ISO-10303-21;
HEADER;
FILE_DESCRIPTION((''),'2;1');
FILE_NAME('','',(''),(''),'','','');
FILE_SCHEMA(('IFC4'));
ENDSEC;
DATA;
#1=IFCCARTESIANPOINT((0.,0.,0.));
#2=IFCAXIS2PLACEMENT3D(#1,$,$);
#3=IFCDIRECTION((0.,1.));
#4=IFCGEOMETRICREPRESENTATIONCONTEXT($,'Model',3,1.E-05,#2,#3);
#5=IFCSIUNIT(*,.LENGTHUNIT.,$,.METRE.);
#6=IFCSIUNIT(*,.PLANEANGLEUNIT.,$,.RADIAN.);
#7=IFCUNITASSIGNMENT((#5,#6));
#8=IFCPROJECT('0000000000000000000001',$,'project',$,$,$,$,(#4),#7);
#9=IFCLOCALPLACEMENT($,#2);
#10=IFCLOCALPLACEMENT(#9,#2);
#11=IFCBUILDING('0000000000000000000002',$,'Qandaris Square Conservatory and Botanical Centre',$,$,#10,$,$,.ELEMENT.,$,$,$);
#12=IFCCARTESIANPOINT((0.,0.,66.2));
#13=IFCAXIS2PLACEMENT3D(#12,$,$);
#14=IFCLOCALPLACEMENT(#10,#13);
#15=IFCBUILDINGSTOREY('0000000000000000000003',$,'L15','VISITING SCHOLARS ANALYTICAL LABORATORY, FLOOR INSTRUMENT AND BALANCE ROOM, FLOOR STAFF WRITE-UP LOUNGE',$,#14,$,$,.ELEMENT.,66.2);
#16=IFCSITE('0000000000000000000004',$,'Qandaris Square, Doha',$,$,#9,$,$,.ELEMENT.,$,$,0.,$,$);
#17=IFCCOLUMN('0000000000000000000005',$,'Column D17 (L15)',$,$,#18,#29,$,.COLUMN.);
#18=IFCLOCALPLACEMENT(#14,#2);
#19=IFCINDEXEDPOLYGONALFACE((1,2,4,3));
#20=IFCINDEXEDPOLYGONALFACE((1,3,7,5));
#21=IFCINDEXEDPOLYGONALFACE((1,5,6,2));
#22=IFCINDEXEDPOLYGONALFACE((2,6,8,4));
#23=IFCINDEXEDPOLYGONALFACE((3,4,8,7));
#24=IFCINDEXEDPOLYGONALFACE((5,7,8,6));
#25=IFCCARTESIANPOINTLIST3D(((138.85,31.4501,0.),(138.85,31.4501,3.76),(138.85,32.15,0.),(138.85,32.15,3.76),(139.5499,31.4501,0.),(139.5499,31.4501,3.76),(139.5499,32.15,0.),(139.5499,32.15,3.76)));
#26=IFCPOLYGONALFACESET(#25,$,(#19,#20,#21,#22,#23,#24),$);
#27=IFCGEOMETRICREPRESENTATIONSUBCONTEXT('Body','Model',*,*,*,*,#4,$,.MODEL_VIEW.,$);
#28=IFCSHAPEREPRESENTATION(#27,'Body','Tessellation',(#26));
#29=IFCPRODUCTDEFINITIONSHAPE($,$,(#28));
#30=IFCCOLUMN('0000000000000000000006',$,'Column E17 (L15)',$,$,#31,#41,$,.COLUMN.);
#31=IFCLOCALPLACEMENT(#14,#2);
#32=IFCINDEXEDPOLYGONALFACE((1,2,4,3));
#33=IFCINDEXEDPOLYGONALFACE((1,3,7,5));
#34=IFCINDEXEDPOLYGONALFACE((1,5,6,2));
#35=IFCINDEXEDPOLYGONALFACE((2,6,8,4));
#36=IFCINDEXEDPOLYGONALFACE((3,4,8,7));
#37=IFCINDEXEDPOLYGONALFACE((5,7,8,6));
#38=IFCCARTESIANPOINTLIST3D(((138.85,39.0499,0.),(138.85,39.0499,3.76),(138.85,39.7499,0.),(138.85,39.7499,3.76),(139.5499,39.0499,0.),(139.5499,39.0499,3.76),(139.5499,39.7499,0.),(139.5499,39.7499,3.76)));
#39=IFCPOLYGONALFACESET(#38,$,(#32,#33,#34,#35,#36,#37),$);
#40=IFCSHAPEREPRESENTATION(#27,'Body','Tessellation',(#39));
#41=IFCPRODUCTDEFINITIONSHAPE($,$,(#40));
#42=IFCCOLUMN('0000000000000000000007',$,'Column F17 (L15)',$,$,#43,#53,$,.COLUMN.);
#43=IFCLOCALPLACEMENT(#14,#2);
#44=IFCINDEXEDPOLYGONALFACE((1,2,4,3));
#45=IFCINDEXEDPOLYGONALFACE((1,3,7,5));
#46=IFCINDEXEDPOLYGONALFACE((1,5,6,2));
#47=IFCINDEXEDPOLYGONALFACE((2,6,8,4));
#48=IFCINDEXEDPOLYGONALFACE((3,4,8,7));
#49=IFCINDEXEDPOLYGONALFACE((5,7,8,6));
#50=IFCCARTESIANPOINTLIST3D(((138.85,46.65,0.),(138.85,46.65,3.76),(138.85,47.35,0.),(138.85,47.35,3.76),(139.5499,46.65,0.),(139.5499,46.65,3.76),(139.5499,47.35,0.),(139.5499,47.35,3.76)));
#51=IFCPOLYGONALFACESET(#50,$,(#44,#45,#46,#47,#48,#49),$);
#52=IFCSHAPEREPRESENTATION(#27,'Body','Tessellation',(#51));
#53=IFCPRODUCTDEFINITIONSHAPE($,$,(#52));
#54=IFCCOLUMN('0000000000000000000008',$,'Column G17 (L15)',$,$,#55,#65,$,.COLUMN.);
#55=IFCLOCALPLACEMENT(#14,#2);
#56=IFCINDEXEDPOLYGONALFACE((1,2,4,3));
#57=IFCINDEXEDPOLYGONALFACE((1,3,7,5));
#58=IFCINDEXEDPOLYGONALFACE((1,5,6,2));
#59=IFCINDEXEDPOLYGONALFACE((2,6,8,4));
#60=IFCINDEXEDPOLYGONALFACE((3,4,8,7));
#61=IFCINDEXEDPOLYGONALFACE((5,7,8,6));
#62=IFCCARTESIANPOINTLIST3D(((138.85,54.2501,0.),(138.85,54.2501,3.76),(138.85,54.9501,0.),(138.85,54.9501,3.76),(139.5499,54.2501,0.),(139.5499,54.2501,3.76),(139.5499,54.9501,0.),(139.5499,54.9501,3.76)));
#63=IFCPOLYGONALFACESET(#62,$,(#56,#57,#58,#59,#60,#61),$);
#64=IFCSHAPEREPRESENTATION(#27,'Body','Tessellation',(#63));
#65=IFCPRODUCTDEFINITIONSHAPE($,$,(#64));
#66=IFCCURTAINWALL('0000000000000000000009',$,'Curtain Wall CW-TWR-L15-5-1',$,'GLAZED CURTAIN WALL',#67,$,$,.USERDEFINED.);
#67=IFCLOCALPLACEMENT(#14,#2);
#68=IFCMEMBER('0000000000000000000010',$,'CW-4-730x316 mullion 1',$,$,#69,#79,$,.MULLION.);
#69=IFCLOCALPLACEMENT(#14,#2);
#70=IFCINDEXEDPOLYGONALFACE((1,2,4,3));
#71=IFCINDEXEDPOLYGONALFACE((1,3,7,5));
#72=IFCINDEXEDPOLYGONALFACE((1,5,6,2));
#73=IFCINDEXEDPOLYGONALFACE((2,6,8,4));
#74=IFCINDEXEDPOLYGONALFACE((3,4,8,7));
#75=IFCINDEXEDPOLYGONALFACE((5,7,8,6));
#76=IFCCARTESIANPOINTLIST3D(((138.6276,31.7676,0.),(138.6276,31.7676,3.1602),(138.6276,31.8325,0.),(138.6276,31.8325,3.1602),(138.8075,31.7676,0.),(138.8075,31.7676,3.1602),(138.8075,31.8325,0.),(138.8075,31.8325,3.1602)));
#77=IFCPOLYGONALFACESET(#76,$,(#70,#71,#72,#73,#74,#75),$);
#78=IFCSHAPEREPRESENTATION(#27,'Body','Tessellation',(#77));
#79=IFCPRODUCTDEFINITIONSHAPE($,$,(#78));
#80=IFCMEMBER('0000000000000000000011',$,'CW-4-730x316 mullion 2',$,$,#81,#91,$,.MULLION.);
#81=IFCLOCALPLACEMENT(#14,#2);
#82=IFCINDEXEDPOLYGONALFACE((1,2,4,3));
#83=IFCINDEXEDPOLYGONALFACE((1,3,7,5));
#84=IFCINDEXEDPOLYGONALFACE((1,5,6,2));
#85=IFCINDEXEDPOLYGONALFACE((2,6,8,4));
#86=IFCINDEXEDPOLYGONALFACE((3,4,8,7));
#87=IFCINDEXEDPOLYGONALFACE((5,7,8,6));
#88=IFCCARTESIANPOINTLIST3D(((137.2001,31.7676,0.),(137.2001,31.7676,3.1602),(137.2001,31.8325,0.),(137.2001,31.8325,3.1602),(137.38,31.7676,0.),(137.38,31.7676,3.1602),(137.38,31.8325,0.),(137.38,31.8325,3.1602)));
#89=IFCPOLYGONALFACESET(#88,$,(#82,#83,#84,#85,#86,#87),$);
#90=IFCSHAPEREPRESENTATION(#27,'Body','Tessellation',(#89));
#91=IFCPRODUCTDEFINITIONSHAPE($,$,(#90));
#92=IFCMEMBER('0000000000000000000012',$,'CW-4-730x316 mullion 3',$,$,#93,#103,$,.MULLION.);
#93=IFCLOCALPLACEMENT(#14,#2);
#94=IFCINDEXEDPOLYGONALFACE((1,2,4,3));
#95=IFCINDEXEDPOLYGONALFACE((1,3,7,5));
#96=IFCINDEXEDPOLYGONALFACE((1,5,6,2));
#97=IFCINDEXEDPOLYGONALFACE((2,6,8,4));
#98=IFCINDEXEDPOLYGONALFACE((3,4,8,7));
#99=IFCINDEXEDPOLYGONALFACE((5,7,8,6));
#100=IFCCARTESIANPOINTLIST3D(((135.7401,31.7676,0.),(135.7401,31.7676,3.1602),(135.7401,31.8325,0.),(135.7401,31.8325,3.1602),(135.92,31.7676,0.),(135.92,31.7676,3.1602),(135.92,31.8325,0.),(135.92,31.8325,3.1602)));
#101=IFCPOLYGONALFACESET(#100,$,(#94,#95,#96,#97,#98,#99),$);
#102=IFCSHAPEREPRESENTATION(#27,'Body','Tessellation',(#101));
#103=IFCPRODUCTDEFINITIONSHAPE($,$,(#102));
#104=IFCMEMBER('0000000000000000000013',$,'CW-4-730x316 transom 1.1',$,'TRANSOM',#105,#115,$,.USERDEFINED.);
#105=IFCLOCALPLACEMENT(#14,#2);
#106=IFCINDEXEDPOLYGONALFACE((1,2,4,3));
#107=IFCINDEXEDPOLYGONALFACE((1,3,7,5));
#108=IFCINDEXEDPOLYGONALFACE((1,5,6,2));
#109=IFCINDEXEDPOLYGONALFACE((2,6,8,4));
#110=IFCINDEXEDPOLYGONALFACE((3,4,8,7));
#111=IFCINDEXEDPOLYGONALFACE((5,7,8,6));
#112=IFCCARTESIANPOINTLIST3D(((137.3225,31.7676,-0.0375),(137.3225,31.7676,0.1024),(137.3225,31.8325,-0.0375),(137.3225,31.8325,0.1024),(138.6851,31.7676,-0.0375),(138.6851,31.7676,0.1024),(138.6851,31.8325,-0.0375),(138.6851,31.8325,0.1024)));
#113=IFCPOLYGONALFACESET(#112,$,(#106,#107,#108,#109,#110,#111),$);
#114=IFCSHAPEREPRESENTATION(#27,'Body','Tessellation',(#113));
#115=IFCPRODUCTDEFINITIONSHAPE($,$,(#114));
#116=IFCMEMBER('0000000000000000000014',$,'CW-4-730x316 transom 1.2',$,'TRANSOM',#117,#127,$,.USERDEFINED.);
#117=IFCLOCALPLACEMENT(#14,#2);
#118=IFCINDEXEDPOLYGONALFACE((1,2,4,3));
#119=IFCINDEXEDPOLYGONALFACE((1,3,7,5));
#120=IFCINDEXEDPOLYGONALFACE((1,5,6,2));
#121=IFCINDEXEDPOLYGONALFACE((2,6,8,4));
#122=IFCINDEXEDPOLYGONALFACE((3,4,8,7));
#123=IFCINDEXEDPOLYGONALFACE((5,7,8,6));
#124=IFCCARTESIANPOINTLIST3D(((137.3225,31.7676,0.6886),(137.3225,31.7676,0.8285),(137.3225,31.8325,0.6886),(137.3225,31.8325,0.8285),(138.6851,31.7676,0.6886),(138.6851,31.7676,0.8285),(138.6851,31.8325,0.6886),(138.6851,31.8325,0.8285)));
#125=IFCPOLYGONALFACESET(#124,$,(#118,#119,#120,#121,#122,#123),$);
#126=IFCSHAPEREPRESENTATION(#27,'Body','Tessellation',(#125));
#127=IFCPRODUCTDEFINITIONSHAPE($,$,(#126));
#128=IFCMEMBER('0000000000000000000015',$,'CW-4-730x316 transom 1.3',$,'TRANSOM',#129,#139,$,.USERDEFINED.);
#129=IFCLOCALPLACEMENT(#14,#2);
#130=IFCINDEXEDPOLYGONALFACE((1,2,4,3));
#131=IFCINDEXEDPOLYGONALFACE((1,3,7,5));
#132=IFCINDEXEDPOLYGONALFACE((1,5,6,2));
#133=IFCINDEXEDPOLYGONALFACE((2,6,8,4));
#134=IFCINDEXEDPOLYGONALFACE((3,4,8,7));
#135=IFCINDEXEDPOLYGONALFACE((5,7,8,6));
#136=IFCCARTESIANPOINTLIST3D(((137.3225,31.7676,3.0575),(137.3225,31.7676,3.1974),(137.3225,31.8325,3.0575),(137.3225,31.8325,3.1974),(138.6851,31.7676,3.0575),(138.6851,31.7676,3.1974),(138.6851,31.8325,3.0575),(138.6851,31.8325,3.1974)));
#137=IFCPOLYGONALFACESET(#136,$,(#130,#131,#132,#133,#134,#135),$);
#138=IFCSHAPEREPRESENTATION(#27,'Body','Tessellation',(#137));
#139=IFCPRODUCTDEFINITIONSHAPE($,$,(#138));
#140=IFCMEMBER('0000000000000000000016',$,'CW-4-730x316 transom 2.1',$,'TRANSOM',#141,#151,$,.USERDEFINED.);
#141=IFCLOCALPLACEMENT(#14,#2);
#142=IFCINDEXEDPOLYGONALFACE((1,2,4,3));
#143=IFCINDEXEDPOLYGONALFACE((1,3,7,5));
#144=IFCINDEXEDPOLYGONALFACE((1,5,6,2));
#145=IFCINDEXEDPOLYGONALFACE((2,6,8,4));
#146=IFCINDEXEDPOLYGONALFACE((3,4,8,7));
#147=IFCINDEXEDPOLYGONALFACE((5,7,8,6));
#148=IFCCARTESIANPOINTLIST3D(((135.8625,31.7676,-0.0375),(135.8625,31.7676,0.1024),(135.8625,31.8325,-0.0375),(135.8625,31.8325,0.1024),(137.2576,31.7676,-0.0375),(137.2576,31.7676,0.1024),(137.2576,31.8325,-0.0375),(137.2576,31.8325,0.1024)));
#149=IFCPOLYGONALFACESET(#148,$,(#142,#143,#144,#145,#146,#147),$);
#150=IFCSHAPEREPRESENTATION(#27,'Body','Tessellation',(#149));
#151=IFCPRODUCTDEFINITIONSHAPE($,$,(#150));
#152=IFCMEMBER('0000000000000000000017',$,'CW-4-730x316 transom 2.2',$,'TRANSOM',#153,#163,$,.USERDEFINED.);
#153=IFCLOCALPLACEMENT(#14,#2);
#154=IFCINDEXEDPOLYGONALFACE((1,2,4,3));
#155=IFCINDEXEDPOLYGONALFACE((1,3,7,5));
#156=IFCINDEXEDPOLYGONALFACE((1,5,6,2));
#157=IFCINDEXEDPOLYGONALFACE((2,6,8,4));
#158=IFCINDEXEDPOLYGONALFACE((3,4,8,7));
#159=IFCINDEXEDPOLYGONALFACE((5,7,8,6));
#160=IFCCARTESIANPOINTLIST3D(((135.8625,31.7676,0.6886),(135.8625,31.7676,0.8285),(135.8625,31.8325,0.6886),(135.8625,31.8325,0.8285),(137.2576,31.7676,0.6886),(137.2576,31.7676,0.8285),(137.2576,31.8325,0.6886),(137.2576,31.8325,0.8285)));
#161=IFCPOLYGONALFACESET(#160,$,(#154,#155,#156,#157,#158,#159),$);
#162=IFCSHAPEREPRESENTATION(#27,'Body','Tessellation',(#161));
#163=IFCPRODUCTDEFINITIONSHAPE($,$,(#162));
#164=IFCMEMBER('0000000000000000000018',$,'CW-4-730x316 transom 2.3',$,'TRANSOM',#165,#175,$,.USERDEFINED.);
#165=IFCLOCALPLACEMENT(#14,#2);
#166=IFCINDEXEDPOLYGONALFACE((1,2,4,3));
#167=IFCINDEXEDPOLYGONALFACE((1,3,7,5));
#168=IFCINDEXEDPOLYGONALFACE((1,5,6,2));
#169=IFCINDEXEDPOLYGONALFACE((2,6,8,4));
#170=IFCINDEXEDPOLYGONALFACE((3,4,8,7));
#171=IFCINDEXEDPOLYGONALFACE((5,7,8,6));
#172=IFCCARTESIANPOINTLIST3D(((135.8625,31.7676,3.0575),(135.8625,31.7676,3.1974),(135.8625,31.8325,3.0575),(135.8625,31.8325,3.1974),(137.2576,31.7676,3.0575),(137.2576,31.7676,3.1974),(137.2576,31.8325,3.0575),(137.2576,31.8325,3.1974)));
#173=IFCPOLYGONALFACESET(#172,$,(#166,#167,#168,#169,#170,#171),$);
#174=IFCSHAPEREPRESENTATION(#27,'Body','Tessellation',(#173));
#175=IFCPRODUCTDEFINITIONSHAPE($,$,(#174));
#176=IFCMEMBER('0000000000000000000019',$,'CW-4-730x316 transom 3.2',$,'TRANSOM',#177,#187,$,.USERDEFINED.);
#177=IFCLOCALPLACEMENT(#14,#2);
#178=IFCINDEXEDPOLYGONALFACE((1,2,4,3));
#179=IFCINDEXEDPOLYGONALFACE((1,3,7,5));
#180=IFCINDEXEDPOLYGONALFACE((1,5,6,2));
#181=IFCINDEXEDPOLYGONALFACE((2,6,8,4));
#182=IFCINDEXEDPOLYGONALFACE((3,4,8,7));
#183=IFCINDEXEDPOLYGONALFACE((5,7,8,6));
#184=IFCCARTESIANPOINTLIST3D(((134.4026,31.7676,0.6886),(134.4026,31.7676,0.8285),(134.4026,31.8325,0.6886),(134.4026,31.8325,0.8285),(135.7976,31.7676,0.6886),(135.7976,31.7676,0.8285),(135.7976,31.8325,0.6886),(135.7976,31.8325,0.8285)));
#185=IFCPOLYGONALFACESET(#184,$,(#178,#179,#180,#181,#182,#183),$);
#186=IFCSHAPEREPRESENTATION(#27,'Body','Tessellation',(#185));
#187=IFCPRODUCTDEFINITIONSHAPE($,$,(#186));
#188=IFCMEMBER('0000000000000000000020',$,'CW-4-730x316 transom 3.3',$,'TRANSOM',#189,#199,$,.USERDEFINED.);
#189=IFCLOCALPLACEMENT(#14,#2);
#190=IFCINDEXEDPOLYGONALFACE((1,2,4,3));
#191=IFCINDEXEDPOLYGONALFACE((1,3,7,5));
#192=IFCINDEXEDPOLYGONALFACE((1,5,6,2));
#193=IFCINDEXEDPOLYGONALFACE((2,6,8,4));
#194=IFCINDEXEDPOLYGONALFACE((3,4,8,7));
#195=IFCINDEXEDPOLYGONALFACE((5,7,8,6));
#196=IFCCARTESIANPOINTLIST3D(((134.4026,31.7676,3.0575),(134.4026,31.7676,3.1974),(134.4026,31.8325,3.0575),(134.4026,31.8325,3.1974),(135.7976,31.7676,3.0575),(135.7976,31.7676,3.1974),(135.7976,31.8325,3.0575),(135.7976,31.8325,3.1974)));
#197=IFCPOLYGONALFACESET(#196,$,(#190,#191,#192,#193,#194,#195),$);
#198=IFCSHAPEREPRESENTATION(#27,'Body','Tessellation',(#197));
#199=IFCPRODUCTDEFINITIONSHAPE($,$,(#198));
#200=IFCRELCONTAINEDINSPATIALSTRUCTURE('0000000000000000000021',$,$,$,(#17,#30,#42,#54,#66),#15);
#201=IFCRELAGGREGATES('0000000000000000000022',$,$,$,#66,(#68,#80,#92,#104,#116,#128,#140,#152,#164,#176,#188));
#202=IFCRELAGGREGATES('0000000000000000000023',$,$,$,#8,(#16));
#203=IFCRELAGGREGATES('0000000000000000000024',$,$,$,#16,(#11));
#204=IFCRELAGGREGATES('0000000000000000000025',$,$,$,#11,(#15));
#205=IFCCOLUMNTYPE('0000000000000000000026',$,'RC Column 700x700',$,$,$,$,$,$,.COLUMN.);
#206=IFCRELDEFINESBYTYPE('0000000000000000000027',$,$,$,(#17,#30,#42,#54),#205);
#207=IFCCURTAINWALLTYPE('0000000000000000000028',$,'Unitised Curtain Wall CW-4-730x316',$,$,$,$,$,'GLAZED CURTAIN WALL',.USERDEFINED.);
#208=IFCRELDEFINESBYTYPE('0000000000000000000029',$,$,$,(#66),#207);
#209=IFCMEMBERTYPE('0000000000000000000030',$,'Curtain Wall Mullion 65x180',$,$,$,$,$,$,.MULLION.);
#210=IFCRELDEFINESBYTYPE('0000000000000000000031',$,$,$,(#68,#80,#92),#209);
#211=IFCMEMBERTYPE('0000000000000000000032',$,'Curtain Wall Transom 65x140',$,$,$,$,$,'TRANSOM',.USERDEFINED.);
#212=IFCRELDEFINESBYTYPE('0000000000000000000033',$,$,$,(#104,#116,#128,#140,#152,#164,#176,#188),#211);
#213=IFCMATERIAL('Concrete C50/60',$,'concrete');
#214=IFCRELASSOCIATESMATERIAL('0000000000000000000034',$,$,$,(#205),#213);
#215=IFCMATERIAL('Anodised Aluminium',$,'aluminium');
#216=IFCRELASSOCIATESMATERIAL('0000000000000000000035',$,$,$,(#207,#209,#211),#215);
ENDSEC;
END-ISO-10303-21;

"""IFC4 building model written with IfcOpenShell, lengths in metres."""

from ifc_helpers import new_model, si_unit, direction, frame, origin, origin_2d, place, context, subcontext, project, spatial, rectangle, extrude, material, material_profile, profile_set, type_object, element, aggregate, save


model = new_model("IFC4")

# Units and contexts
model_context = context("Model", 3, precision=1e-05, world=origin(), true_north=direction((0.0, 1.0)))
body_context = subcontext(model_context, "Body", "Model", "MODEL_VIEW")
ifc_project = project(units=[si_unit("LENGTHUNIT", "METRE"), si_unit("PLANEANGLEUNIT", "RADIAN")], contexts=[model_context])

# Site, building, storey
site_placement = place(None, origin())
site = spatial("IfcSite", under=ifc_project, at=site_placement, Name="Qandaris Square, Doha", CompositionType="ELEMENT", RefElevation=0.0)
building_placement = place(site_placement, origin())
building = spatial("IfcBuilding", under=site, at=building_placement, Name="Qandaris Square Conservatory and Botanical Centre", CompositionType="ELEMENT")
storey_placement = place(building_placement, frame((0.0, 0.0, 66.2)))
storey = spatial("IfcBuildingStorey", under=building, at=storey_placement, Name="L15", Description="VISITING SCHOLARS ANALYTICAL LABORATORY, FLOOR INSTRUMENT AND BALANCE ROOM, FLOOR STAFF WRITE-UP LOUNGE", CompositionType="ELEMENT", Elevation=66.2)

# Columns
ifc_material_1 = material(Name="Concrete C50/60", Category="concrete")
ifc_material_profile_1 = material_profile(ifc_material_1, rectangle(XDim=0.7, YDim=0.7, at=origin_2d()), Name="RC-COL 700x700")
ifc_profile_set_1 = profile_set([ifc_material_profile_1], Name="Concrete C50/60")
column_type = type_object("IfcColumnType", Name="RC Column 700x700", PredefinedType="COLUMN", material=ifc_profile_set_1)
for number, where, z_axis, x_axis, name in (
    (1, (139.2, 31.8, 0.0), (0.0, 0.0, 1.0), (1.0, 0.0, 0.0), "Column D17 (L15)"),
    (2, (139.2, 39.3999, 0.0), (0.0, 0.0, 1.0), (1.0, 0.0, 0.0), "Column E17 (L15)"),
    (3, (139.2, 47.0, 0.0), (0.0, 0.0, 1.0), (1.0, 0.0, 0.0), "Column F17 (L15)"),
    (4, (139.2, 54.6001, 0.0), (0.0, 0.0, 1.0), (1.0, 0.0, 0.0), "Column G17 (L15)"),
):
    element("IfcColumn", number, at=place(storey_placement, frame(where, z_axis=z_axis, x_axis=x_axis)), inside=storey, type_object=column_type, Name=name, PredefinedType="COLUMN", context=body_context, shape_type="SweptSolid", body=[
        extrude(rectangle(XDim=0.7, YDim=0.7, at=origin_2d()), origin(), (0.0, 0.0, 1.0), 3.76),
    ])

# Curtain wall, members
ifc_material_2 = material(Name="Anodised Aluminium", Category="aluminium")
curtain_wall_type = type_object("IfcCurtainWallType", Name="Unitised Curtain Wall CW-4-730x316", ElementType="GLAZED CURTAIN WALL", PredefinedType="USERDEFINED", material=ifc_material_2)
curtain_wall_placement = place(storey_placement, origin())
curtain_wall = element("IfcCurtainWall", 5, at=curtain_wall_placement, inside=storey, type_object=curtain_wall_type, Name="Curtain Wall CW-TWR-L15-5-1", ObjectType="GLAZED CURTAIN WALL", PredefinedType="USERDEFINED")
ifc_material_profile_2 = material_profile(ifc_material_2, rectangle(XDim=0.0649, YDim=0.1799, at=origin_2d()), Name="ALU-MUL 65x180")
ifc_profile_set_2 = profile_set([ifc_material_profile_2], Name="Anodised Aluminium")
member_type_1 = type_object("IfcMemberType", Name="Curtain Wall Mullion 65x180", PredefinedType="MULLION", material=ifc_profile_set_2)
member_1_placement = place(storey_placement, frame((138.7175, 31.8, 0.0), z_axis=(0.0, 0.0, 1.0), x_axis=(0.0, -1.0, 0.0)))
member_1 = element("IfcMember", 6, at=member_1_placement, type_object=member_type_1, Name="CW-4-730x316 mullion 1", PredefinedType="MULLION", context=body_context, shape_type="SweptSolid", body=[
    extrude(rectangle(XDim=0.0649, YDim=0.1799, at=origin_2d()), origin(), (0.0, 0.0, 1.0), 3.1602),
])
member_2_placement = place(storey_placement, frame((137.29, 31.8, 0.0), z_axis=(0.0, 0.0, 1.0), x_axis=(0.0, -1.0, 0.0)))
member_2 = element("IfcMember", 7, at=member_2_placement, type_object=member_type_1, Name="CW-4-730x316 mullion 2", PredefinedType="MULLION", context=body_context, shape_type="SweptSolid", body=[
    extrude(rectangle(XDim=0.0649, YDim=0.1799, at=origin_2d()), origin(), (0.0, 0.0, 1.0), 3.1602),
])
member_3_placement = place(storey_placement, frame((135.8301, 31.8, 0.0), z_axis=(0.0, 0.0, 1.0), x_axis=(0.0, -1.0, 0.0)))
member_3 = element("IfcMember", 8, at=member_3_placement, type_object=member_type_1, Name="CW-4-730x316 mullion 3", PredefinedType="MULLION", context=body_context, shape_type="SweptSolid", body=[
    extrude(rectangle(XDim=0.0649, YDim=0.1799, at=origin_2d()), origin(), (0.0, 0.0, 1.0), 3.1602),
])
ifc_material_profile_3 = material_profile(ifc_material_2, rectangle(XDim=0.0649, YDim=0.1399, at=origin_2d()), Name="ALU-TRN 65x140")
ifc_profile_set_3 = profile_set([ifc_material_profile_3], Name="Anodised Aluminium")
member_type_2 = type_object("IfcMemberType", Name="Curtain Wall Transom 65x140", ElementType="TRANSOM", PredefinedType="USERDEFINED", material=ifc_profile_set_3)
member_4_placement = place(storey_placement, frame((138.6851, 31.8, 0.0325), z_axis=(-1.0, 0.0, 0.0), x_axis=(0.0, -1.0, 0.0)))
member_4 = element("IfcMember", 9, at=member_4_placement, type_object=member_type_2, Name="CW-4-730x316 transom 1.1", ObjectType="TRANSOM", PredefinedType="USERDEFINED", context=body_context, shape_type="SweptSolid", body=[
    extrude(rectangle(XDim=0.0649, YDim=0.1399, at=origin_2d()), origin(), (0.0, 0.0, 1.0), 1.3625),
])
member_5_placement = place(storey_placement, frame((138.6851, 31.8, 0.7585), z_axis=(-1.0, 0.0, 0.0), x_axis=(0.0, -1.0, 0.0)))
member_5 = element("IfcMember", 10, at=member_5_placement, type_object=member_type_2, Name="CW-4-730x316 transom 1.2", ObjectType="TRANSOM", PredefinedType="USERDEFINED", context=body_context, shape_type="SweptSolid", body=[
    extrude(rectangle(XDim=0.0649, YDim=0.1399, at=origin_2d()), origin(), (0.0, 0.0, 1.0), 1.3625),
])
member_6_placement = place(storey_placement, frame((138.6851, 31.8, 3.1274), z_axis=(-1.0, 0.0, 0.0), x_axis=(0.0, -1.0, 0.0)))
member_6 = element("IfcMember", 11, at=member_6_placement, type_object=member_type_2, Name="CW-4-730x316 transom 1.3", ObjectType="TRANSOM", PredefinedType="USERDEFINED", context=body_context, shape_type="SweptSolid", body=[
    extrude(rectangle(XDim=0.0649, YDim=0.1399, at=origin_2d()), origin(), (0.0, 0.0, 1.0), 1.3625),
])
member_7_placement = place(storey_placement, frame((137.2576, 31.8, 0.0325), z_axis=(-1.0, 0.0, 0.0), x_axis=(0.0, -1.0, 0.0)))
member_7 = element("IfcMember", 12, at=member_7_placement, type_object=member_type_2, Name="CW-4-730x316 transom 2.1", ObjectType="TRANSOM", PredefinedType="USERDEFINED", context=body_context, shape_type="SweptSolid", body=[
    extrude(rectangle(XDim=0.0649, YDim=0.1399, at=origin_2d()), origin(), (0.0, 0.0, 1.0), 1.395),
])
member_8_placement = place(storey_placement, frame((137.2576, 31.8, 0.7585), z_axis=(-1.0, 0.0, 0.0), x_axis=(0.0, -1.0, 0.0)))
member_8 = element("IfcMember", 13, at=member_8_placement, type_object=member_type_2, Name="CW-4-730x316 transom 2.2", ObjectType="TRANSOM", PredefinedType="USERDEFINED", context=body_context, shape_type="SweptSolid", body=[
    extrude(rectangle(XDim=0.0649, YDim=0.1399, at=origin_2d()), origin(), (0.0, 0.0, 1.0), 1.395),
])
member_9_placement = place(storey_placement, frame((137.2576, 31.8, 3.1274), z_axis=(-1.0, 0.0, 0.0), x_axis=(0.0, -1.0, 0.0)))
member_9 = element("IfcMember", 14, at=member_9_placement, type_object=member_type_2, Name="CW-4-730x316 transom 2.3", ObjectType="TRANSOM", PredefinedType="USERDEFINED", context=body_context, shape_type="SweptSolid", body=[
    extrude(rectangle(XDim=0.0649, YDim=0.1399, at=origin_2d()), origin(), (0.0, 0.0, 1.0), 1.395),
])
member_10_placement = place(storey_placement, frame((135.7976, 31.8, 0.7585), z_axis=(-1.0, 0.0, 0.0), x_axis=(0.0, -1.0, 0.0)))
member_10 = element("IfcMember", 15, at=member_10_placement, type_object=member_type_2, Name="CW-4-730x316 transom 3.2", ObjectType="TRANSOM", PredefinedType="USERDEFINED", context=body_context, shape_type="SweptSolid", body=[
    extrude(rectangle(XDim=0.0649, YDim=0.1399, at=origin_2d()), origin(), (0.0, 0.0, 1.0), 1.395),
])
member_11_placement = place(storey_placement, frame((135.7976, 31.8, 3.1274), z_axis=(-1.0, 0.0, 0.0), x_axis=(0.0, -1.0, 0.0)))
member_11 = element("IfcMember", 16, at=member_11_placement, type_object=member_type_2, Name="CW-4-730x316 transom 3.3", ObjectType="TRANSOM", PredefinedType="USERDEFINED", context=body_context, shape_type="SweptSolid", body=[
    extrude(rectangle(XDim=0.0649, YDim=0.1399, at=origin_2d()), origin(), (0.0, 0.0, 1.0), 1.395),
])
aggregate(curtain_wall, [member_1, member_2, member_3, member_4, member_5, member_6, member_7, member_8, member_9, member_10, member_11])

save(model, "model.ifc")
